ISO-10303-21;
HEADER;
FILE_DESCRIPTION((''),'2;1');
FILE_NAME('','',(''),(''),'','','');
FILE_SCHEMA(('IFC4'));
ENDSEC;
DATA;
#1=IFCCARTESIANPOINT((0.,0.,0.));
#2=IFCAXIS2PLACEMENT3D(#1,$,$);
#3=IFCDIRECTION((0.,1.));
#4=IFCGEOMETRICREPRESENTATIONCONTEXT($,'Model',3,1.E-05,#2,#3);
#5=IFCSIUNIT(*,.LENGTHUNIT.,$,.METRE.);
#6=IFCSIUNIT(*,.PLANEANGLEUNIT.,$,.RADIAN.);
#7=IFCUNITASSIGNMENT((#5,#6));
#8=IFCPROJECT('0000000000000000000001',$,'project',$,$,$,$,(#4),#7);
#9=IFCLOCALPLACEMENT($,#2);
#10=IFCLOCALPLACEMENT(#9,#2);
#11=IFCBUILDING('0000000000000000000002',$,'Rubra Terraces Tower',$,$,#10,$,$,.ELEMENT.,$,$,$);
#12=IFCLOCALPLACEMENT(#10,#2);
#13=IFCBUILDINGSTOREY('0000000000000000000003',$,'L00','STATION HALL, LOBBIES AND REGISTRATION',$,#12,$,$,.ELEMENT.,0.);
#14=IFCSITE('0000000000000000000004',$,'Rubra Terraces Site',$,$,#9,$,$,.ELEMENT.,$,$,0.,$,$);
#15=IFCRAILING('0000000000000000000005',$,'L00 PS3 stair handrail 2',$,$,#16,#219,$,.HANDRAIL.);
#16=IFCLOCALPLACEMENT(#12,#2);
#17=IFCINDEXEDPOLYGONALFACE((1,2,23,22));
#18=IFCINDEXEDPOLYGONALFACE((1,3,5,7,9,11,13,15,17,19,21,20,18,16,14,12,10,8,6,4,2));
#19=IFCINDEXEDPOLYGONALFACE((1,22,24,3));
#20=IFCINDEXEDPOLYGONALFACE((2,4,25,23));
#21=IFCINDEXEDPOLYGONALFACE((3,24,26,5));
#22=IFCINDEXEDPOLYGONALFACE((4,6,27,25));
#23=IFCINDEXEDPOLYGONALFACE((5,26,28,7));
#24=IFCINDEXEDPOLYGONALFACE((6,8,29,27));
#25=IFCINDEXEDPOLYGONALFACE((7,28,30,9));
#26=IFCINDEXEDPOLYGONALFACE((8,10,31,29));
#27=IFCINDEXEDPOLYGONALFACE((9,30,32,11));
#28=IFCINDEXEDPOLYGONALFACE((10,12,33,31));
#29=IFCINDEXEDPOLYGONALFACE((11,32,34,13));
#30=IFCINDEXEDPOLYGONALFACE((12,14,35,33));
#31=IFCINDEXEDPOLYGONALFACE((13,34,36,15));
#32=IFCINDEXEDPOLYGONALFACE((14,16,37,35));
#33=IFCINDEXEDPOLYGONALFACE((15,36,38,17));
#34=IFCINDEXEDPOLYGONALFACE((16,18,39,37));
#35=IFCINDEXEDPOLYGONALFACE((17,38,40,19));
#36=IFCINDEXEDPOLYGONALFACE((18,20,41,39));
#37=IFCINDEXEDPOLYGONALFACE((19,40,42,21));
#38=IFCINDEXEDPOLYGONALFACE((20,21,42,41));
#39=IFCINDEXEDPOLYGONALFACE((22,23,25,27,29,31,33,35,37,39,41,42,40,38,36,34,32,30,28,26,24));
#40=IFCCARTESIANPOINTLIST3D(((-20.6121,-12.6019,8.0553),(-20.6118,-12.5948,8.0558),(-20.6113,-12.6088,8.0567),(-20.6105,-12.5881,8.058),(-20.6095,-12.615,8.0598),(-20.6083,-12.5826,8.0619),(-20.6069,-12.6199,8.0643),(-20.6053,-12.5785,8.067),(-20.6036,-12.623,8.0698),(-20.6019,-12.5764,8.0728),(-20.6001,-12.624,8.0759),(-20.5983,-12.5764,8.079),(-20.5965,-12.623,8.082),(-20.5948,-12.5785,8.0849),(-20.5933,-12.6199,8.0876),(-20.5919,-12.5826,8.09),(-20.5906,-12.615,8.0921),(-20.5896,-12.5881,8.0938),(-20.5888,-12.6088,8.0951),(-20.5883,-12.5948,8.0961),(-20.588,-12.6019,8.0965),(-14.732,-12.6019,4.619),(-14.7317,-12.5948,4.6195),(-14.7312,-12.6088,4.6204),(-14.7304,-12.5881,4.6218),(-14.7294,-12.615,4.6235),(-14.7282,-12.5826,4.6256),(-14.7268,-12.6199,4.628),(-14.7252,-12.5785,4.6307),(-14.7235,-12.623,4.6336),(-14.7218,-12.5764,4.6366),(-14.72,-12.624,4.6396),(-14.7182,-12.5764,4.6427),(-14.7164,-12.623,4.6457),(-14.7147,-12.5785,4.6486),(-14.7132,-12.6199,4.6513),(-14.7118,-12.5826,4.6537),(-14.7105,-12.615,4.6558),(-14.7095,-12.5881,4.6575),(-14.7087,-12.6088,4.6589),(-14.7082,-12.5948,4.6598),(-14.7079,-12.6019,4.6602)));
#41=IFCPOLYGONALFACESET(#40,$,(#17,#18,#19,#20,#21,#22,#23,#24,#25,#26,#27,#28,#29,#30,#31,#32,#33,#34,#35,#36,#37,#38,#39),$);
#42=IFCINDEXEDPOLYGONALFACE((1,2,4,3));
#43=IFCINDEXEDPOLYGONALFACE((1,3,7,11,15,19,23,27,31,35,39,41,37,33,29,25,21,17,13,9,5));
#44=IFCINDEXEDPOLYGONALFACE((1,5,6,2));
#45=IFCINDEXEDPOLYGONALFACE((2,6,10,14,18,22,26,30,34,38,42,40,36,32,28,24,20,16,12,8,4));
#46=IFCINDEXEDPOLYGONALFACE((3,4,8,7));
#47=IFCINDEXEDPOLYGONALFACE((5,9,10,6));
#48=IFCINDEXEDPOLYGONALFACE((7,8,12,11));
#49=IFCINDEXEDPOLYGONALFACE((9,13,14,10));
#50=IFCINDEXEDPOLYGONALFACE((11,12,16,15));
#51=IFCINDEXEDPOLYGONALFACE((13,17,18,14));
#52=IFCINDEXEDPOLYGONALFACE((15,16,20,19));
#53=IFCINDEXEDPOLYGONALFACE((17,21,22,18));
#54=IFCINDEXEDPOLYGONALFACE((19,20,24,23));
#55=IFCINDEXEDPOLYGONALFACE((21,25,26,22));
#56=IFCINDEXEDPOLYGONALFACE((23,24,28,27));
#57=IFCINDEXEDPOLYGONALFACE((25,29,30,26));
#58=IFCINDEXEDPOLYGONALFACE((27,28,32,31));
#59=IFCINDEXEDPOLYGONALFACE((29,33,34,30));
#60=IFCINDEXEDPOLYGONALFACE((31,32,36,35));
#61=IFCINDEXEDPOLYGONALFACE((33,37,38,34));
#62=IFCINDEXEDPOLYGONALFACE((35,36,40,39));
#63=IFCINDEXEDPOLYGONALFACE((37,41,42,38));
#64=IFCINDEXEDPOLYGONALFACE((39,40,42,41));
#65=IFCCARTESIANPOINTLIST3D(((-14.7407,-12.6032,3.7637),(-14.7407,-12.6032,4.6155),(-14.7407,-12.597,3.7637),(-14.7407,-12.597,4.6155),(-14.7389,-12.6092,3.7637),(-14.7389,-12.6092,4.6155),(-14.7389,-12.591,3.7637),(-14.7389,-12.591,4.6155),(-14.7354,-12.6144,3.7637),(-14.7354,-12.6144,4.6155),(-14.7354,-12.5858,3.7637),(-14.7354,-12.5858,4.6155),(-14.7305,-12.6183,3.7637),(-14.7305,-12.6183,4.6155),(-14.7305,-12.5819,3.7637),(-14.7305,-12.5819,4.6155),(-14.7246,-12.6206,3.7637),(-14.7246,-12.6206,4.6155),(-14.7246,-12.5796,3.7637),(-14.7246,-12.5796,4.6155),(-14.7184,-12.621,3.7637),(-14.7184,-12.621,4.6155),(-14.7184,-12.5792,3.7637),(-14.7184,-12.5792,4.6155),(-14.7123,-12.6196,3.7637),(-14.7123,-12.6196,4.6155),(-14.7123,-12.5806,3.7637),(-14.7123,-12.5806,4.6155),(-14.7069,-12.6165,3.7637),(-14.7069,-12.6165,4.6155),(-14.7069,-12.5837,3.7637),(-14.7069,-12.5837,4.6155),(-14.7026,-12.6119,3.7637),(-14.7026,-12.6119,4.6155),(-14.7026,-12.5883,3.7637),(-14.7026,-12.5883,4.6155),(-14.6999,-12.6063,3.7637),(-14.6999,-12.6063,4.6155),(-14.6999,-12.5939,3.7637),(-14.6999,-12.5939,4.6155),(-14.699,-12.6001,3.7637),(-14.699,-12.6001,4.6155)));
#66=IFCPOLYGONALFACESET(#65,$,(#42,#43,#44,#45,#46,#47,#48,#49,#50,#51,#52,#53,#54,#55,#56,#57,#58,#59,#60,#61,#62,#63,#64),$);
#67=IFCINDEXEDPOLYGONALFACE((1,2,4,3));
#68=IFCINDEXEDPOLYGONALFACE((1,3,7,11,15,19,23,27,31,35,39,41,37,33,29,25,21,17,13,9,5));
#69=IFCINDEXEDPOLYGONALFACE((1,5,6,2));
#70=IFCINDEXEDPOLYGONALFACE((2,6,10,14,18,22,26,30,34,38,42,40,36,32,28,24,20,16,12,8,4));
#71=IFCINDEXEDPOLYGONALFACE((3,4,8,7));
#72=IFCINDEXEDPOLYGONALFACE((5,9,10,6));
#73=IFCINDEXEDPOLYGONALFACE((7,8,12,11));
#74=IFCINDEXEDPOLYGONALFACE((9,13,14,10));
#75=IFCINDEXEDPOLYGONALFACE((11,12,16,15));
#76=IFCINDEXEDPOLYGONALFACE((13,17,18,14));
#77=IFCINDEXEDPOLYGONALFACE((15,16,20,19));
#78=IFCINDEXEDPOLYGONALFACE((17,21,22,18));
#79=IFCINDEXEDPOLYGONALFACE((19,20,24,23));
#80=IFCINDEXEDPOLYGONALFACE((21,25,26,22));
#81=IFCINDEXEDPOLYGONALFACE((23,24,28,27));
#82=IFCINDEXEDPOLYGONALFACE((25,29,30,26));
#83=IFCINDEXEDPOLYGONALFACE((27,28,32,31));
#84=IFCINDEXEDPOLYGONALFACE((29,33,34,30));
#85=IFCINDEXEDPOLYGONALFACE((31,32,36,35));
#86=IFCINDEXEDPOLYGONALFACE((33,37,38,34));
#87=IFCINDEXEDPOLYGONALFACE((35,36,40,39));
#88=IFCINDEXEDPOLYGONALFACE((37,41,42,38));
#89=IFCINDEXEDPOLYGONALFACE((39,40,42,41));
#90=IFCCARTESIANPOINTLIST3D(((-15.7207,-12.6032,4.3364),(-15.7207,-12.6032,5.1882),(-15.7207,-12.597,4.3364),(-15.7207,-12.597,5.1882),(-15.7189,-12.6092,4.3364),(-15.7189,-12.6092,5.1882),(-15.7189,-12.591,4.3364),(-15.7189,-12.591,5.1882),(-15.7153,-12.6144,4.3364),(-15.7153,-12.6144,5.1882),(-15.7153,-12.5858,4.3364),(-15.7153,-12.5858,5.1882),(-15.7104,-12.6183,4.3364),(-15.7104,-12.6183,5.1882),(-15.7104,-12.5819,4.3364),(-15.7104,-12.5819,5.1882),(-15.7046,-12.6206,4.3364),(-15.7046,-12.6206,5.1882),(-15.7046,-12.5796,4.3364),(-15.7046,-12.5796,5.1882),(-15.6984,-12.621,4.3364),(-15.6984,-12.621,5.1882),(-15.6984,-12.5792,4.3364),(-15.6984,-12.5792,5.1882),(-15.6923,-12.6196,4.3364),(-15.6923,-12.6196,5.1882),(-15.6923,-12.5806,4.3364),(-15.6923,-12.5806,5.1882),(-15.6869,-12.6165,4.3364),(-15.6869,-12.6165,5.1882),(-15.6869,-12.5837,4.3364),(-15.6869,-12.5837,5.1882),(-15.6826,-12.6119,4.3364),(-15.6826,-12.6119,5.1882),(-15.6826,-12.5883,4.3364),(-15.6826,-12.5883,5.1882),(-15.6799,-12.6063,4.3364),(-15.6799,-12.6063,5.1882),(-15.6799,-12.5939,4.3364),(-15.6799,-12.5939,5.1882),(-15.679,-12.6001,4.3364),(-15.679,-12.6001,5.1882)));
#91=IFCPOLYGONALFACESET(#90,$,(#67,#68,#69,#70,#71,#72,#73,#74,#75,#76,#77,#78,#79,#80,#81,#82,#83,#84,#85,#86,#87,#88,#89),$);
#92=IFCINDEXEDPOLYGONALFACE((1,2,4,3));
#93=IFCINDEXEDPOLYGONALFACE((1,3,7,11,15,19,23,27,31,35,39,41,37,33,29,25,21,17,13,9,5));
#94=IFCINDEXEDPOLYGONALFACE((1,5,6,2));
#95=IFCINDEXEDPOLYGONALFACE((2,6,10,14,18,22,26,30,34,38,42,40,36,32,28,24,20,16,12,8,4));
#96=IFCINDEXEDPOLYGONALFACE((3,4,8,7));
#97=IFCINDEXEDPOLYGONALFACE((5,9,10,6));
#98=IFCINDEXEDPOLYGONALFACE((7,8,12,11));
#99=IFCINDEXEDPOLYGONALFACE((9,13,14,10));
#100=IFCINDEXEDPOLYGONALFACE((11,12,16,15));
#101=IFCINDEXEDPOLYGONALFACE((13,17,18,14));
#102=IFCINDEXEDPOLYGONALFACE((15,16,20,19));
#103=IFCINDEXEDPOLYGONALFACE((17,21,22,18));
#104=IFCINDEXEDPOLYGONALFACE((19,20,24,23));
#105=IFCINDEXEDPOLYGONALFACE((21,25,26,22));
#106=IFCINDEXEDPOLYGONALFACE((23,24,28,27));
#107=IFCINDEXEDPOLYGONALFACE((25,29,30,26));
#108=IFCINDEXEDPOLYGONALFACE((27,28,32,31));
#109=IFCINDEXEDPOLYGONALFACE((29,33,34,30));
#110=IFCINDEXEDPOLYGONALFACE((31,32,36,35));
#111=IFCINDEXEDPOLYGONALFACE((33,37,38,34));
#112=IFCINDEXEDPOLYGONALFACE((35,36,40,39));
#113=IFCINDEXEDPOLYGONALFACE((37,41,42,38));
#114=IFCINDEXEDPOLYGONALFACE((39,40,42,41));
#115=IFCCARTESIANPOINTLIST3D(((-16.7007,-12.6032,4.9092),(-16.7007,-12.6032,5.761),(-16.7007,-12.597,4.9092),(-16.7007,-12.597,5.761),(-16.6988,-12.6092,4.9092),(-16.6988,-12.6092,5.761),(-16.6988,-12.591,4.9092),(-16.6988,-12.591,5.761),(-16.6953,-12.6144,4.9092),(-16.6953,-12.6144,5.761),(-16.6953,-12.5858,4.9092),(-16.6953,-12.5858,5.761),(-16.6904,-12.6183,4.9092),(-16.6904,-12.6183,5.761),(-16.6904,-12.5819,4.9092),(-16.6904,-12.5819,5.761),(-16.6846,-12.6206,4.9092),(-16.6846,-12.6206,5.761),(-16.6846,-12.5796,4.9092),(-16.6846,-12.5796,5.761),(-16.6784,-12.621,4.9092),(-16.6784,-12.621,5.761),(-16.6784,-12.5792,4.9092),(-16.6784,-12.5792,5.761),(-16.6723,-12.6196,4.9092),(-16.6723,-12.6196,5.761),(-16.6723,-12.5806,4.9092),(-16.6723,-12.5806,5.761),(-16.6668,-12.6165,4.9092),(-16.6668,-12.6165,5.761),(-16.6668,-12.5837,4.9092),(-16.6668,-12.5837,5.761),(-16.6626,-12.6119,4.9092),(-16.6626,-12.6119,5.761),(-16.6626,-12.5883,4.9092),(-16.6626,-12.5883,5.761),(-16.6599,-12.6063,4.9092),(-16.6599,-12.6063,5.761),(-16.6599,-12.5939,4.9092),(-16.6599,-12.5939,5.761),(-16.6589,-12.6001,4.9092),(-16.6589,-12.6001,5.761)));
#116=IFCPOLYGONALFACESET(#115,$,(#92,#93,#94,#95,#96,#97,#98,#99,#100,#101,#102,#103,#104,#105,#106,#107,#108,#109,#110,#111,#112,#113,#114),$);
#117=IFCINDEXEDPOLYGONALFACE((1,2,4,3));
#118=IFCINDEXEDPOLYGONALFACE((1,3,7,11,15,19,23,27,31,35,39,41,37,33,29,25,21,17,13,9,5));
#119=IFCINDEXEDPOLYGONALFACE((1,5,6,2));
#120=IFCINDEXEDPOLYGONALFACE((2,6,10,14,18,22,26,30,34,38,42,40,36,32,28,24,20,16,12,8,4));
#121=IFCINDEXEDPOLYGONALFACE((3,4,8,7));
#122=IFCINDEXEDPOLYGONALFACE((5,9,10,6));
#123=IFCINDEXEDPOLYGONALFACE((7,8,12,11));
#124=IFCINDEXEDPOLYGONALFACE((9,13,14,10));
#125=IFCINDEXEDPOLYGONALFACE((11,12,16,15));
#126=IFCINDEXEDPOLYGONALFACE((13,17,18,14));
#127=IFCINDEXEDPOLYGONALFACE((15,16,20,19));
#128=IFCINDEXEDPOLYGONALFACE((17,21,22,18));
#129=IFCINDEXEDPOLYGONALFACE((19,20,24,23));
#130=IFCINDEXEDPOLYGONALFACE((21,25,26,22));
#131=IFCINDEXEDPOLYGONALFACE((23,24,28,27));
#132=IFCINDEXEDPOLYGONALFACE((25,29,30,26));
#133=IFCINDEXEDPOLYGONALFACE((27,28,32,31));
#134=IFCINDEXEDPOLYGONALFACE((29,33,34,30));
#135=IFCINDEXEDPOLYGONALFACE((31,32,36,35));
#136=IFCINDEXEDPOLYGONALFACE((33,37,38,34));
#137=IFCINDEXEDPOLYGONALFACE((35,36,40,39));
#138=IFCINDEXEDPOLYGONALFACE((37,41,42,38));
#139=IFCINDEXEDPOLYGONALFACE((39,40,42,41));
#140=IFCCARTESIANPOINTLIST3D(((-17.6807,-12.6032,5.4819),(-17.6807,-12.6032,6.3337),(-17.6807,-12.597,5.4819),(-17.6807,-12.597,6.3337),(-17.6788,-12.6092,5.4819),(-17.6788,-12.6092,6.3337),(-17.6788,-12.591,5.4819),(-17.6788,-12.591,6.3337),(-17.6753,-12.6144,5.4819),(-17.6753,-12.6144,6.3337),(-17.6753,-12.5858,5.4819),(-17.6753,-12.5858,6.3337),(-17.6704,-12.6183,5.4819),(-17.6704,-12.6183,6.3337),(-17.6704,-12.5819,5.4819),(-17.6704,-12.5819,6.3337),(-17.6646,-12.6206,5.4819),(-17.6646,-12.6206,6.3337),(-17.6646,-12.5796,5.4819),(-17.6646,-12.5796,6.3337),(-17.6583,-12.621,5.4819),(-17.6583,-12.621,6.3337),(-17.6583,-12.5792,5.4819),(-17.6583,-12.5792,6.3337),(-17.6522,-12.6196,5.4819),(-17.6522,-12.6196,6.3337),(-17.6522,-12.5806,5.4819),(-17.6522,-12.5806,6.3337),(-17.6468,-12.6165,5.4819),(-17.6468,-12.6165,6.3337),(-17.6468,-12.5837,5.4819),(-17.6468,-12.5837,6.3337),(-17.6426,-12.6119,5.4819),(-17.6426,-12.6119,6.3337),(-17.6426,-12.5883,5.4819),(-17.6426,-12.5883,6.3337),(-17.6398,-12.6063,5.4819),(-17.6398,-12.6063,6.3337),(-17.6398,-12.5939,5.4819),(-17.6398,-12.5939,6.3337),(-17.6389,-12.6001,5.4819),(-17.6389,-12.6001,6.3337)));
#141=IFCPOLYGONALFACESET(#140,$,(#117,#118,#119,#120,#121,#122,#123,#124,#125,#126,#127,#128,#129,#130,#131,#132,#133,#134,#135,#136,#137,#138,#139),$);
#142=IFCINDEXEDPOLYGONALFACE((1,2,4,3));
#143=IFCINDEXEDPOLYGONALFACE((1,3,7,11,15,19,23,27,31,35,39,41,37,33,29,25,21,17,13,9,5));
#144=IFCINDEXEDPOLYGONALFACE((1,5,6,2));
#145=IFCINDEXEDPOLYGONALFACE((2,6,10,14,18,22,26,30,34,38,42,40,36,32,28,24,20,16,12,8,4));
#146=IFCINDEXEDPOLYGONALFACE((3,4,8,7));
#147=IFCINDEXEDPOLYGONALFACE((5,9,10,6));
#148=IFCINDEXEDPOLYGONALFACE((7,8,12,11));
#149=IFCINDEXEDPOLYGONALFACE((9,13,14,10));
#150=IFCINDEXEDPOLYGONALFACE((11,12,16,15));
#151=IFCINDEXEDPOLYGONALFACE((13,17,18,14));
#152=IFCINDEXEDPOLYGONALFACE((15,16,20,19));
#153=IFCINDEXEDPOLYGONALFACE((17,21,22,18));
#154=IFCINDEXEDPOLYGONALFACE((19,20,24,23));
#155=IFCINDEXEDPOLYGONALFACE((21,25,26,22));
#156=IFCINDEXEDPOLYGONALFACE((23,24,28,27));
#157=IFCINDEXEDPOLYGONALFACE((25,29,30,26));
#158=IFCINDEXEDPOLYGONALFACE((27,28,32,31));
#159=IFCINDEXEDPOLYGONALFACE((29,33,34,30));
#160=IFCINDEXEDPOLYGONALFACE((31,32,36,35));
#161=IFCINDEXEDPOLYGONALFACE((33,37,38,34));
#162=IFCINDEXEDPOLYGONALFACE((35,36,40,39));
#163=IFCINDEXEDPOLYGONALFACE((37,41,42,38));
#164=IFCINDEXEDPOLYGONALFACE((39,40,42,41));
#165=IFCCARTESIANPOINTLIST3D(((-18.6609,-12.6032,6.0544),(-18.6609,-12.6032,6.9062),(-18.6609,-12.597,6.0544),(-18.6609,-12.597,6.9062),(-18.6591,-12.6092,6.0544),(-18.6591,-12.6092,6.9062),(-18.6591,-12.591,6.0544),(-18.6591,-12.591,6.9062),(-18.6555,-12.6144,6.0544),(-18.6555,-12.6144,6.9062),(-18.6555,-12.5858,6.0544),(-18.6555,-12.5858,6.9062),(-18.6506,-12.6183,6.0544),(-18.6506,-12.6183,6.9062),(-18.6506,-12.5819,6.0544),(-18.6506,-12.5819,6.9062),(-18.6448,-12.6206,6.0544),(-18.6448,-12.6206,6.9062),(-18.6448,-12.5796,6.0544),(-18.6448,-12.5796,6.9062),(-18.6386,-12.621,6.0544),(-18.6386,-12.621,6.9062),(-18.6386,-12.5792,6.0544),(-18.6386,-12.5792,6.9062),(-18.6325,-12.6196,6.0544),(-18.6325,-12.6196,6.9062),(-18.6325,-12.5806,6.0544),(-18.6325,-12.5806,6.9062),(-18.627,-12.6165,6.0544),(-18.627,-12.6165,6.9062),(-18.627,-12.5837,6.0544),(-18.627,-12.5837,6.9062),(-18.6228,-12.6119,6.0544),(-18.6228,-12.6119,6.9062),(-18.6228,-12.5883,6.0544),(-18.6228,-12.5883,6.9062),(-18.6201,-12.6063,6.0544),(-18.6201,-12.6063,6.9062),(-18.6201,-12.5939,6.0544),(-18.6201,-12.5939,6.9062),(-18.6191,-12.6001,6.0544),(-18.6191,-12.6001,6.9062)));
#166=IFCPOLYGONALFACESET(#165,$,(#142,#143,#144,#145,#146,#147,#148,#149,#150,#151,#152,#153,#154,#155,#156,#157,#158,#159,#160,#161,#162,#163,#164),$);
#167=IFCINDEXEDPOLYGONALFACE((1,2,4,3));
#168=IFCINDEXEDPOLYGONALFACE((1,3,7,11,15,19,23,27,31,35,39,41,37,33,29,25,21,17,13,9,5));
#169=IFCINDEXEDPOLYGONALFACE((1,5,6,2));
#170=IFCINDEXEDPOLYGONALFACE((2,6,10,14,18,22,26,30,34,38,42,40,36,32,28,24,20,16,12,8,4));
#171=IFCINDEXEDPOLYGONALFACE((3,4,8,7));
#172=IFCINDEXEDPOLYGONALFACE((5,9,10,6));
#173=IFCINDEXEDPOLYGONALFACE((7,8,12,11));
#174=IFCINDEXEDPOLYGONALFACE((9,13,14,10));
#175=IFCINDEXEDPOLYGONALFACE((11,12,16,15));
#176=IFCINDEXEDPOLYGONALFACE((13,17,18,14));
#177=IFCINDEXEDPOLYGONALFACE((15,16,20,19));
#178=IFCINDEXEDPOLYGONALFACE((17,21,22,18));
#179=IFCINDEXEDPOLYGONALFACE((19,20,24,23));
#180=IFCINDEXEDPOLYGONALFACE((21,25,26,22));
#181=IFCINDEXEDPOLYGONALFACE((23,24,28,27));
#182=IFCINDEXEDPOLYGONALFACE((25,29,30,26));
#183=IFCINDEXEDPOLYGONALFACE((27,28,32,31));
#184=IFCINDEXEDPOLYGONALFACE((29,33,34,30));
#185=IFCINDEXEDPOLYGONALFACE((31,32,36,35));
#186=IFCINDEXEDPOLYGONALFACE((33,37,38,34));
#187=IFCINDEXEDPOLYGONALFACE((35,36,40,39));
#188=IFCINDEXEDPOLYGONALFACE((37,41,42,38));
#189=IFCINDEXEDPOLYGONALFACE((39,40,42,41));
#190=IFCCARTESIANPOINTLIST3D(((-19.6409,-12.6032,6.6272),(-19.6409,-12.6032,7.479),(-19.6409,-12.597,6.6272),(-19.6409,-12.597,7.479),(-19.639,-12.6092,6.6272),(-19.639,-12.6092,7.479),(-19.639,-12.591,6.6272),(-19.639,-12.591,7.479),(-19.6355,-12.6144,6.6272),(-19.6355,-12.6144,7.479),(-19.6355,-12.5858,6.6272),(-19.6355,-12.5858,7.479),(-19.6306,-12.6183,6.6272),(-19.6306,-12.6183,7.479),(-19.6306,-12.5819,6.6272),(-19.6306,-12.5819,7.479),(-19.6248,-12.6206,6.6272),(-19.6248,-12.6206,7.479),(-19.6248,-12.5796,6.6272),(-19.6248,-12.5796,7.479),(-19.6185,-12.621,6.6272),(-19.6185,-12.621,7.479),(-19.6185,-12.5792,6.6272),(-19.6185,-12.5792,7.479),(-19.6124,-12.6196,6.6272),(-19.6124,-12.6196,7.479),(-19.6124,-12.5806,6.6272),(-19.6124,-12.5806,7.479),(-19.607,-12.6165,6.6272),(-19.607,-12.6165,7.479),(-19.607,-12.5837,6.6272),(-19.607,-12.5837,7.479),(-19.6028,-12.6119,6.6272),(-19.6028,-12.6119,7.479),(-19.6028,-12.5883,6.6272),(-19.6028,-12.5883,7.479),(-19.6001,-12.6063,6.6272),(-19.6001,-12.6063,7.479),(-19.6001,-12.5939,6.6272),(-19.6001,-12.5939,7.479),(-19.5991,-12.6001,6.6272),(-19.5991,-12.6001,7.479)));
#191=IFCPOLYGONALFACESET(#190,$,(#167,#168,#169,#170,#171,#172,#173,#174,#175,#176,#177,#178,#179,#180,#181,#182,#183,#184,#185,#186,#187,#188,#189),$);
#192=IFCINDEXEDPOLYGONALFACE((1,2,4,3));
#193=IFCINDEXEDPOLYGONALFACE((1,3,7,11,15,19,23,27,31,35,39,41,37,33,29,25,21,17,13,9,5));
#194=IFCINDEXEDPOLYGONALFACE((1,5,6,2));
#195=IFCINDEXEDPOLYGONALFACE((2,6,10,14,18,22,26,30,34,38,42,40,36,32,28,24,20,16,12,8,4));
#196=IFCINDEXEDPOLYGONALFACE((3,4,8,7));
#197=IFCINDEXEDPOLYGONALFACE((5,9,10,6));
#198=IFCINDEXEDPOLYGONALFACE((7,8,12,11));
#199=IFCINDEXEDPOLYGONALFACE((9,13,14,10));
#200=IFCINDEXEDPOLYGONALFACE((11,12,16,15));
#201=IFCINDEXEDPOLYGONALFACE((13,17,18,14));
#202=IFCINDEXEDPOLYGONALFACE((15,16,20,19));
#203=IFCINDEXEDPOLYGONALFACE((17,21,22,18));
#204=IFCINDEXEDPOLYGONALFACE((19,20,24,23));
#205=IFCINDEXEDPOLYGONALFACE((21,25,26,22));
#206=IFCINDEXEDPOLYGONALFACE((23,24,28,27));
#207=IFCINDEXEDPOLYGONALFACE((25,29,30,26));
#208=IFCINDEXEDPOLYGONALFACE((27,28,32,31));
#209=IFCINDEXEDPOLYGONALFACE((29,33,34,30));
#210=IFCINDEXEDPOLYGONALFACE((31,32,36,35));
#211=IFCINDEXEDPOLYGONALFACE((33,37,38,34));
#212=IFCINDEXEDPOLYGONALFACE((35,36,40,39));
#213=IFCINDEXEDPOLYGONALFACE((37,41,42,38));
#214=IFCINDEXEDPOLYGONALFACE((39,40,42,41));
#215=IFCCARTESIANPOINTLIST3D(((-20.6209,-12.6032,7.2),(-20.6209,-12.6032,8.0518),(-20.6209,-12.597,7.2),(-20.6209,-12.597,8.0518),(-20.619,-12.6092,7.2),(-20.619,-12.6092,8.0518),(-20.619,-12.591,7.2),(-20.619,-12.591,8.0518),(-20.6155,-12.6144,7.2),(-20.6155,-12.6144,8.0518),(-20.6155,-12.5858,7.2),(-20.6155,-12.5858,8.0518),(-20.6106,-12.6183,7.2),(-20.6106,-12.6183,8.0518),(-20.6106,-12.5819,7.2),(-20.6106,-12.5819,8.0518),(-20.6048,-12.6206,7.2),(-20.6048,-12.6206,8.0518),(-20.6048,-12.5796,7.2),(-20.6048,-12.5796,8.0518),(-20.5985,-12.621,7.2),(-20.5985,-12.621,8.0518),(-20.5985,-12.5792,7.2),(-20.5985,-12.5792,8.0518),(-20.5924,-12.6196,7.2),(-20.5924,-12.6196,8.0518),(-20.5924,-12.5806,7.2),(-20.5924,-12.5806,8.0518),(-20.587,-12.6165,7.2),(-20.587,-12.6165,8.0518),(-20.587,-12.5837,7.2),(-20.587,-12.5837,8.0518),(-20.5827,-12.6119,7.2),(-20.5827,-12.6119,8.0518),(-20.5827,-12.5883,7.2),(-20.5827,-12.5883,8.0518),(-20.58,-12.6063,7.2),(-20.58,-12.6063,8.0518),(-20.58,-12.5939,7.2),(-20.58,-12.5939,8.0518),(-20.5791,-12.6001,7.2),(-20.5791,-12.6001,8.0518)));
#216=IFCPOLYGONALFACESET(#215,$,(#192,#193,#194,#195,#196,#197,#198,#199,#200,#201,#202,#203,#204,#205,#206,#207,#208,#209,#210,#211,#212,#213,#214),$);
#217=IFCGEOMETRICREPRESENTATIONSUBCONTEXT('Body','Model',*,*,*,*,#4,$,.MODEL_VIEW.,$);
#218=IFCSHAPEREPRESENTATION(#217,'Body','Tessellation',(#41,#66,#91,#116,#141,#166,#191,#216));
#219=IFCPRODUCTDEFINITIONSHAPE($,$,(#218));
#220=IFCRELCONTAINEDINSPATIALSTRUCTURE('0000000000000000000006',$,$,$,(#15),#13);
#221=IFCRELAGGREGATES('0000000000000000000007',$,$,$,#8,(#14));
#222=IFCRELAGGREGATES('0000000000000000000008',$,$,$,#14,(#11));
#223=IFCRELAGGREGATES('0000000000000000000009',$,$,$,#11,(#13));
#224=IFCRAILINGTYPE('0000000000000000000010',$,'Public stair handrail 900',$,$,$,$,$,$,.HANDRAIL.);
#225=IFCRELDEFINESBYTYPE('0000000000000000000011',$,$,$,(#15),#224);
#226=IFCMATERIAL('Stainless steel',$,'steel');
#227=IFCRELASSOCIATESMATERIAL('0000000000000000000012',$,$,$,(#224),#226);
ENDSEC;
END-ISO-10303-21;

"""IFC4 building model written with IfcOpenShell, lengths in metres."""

from ifc_helpers import new_model, si_unit, direction, frame, origin, origin_2d, place, context, subcontext, project, spatial, circle, extrude, material, type_object, element, save


model = new_model("IFC4")

# Units and contexts
model_context = context("Model", 3, precision=1e-05, world=origin(), true_north=direction((0.0, 1.0)))
body_context = subcontext(model_context, "Body", "Model", "MODEL_VIEW")
ifc_project = project(units=[si_unit("LENGTHUNIT", "METRE"), si_unit("PLANEANGLEUNIT", "RADIAN")], contexts=[model_context])

# Site, building, storey
site_placement = place(None, origin())
site = spatial("IfcSite", under=ifc_project, at=site_placement, Name="Rubra Terraces Site", CompositionType="ELEMENT", RefElevation=0.0)
building_placement = place(site_placement, origin())
building = spatial("IfcBuilding", under=site, at=building_placement, Name="Rubra Terraces Tower", CompositionType="ELEMENT")
storey_placement = place(building_placement, origin())
storey = spatial("IfcBuildingStorey", under=building, at=storey_placement, Name="L00", Description="STATION HALL, LOBBIES AND REGISTRATION", CompositionType="ELEMENT", Elevation=0.0)

# Railing
ifc_material_1 = material(Name="Stainless steel", Category="steel")
railing_type_1 = type_object("IfcRailingType", Name="Public stair handrail 900", PredefinedType="HANDRAIL", material=ifc_material_1)
railing_1_placement = place(storey_placement, frame((-14.72, -12.6001, 3.7637)))
element("IfcRailing", 1, at=railing_1_placement, inside=storey, type_object=railing_type_1, Name="L00 PS3 stair handrail 2", PredefinedType="HANDRAIL", context=body_context, shape_type="SweptSolid", body=[
    extrude(circle(Radius=0.0239, at=origin_2d()), frame((0.0, 0.0, 0.876), z_axis=(-0.863382, 0.0, 0.504551), x_axis=(0.0, -1.0, 0.0)), (0.0, 0.0, 1.0), 6.8105),
    extrude(circle(Radius=0.021, at=origin_2d()), origin(), (0.0, 0.0, 1.0), 0.8518),
    extrude(circle(Radius=0.021, at=origin_2d()), frame((-0.98, 0.0, 0.5728)), (0.0, 0.0, 1.0), 0.8518),
    extrude(circle(Radius=0.021, at=origin_2d()), frame((-1.96, 0.0, 1.1455)), (0.0, 0.0, 1.0), 0.8518),
    extrude(circle(Radius=0.021, at=origin_2d()), frame((-2.9399, 0.0, 1.7183)), (0.0, 0.0, 1.0), 0.8518),
    extrude(circle(Radius=0.021, at=origin_2d()), frame((-3.9202, 0.0, 2.2908)), (0.0, 0.0, 1.0), 0.8518),
    extrude(circle(Radius=0.021, at=origin_2d()), frame((-4.9001, 0.0, 2.8635)), (0.0, 0.0, 1.0), 0.8518),
    extrude(circle(Radius=0.021, at=origin_2d()), frame((-5.8801, 0.0, 3.4363)), (0.0, 0.0, 1.0), 0.8518),
])

save(model, "model.ifc")
